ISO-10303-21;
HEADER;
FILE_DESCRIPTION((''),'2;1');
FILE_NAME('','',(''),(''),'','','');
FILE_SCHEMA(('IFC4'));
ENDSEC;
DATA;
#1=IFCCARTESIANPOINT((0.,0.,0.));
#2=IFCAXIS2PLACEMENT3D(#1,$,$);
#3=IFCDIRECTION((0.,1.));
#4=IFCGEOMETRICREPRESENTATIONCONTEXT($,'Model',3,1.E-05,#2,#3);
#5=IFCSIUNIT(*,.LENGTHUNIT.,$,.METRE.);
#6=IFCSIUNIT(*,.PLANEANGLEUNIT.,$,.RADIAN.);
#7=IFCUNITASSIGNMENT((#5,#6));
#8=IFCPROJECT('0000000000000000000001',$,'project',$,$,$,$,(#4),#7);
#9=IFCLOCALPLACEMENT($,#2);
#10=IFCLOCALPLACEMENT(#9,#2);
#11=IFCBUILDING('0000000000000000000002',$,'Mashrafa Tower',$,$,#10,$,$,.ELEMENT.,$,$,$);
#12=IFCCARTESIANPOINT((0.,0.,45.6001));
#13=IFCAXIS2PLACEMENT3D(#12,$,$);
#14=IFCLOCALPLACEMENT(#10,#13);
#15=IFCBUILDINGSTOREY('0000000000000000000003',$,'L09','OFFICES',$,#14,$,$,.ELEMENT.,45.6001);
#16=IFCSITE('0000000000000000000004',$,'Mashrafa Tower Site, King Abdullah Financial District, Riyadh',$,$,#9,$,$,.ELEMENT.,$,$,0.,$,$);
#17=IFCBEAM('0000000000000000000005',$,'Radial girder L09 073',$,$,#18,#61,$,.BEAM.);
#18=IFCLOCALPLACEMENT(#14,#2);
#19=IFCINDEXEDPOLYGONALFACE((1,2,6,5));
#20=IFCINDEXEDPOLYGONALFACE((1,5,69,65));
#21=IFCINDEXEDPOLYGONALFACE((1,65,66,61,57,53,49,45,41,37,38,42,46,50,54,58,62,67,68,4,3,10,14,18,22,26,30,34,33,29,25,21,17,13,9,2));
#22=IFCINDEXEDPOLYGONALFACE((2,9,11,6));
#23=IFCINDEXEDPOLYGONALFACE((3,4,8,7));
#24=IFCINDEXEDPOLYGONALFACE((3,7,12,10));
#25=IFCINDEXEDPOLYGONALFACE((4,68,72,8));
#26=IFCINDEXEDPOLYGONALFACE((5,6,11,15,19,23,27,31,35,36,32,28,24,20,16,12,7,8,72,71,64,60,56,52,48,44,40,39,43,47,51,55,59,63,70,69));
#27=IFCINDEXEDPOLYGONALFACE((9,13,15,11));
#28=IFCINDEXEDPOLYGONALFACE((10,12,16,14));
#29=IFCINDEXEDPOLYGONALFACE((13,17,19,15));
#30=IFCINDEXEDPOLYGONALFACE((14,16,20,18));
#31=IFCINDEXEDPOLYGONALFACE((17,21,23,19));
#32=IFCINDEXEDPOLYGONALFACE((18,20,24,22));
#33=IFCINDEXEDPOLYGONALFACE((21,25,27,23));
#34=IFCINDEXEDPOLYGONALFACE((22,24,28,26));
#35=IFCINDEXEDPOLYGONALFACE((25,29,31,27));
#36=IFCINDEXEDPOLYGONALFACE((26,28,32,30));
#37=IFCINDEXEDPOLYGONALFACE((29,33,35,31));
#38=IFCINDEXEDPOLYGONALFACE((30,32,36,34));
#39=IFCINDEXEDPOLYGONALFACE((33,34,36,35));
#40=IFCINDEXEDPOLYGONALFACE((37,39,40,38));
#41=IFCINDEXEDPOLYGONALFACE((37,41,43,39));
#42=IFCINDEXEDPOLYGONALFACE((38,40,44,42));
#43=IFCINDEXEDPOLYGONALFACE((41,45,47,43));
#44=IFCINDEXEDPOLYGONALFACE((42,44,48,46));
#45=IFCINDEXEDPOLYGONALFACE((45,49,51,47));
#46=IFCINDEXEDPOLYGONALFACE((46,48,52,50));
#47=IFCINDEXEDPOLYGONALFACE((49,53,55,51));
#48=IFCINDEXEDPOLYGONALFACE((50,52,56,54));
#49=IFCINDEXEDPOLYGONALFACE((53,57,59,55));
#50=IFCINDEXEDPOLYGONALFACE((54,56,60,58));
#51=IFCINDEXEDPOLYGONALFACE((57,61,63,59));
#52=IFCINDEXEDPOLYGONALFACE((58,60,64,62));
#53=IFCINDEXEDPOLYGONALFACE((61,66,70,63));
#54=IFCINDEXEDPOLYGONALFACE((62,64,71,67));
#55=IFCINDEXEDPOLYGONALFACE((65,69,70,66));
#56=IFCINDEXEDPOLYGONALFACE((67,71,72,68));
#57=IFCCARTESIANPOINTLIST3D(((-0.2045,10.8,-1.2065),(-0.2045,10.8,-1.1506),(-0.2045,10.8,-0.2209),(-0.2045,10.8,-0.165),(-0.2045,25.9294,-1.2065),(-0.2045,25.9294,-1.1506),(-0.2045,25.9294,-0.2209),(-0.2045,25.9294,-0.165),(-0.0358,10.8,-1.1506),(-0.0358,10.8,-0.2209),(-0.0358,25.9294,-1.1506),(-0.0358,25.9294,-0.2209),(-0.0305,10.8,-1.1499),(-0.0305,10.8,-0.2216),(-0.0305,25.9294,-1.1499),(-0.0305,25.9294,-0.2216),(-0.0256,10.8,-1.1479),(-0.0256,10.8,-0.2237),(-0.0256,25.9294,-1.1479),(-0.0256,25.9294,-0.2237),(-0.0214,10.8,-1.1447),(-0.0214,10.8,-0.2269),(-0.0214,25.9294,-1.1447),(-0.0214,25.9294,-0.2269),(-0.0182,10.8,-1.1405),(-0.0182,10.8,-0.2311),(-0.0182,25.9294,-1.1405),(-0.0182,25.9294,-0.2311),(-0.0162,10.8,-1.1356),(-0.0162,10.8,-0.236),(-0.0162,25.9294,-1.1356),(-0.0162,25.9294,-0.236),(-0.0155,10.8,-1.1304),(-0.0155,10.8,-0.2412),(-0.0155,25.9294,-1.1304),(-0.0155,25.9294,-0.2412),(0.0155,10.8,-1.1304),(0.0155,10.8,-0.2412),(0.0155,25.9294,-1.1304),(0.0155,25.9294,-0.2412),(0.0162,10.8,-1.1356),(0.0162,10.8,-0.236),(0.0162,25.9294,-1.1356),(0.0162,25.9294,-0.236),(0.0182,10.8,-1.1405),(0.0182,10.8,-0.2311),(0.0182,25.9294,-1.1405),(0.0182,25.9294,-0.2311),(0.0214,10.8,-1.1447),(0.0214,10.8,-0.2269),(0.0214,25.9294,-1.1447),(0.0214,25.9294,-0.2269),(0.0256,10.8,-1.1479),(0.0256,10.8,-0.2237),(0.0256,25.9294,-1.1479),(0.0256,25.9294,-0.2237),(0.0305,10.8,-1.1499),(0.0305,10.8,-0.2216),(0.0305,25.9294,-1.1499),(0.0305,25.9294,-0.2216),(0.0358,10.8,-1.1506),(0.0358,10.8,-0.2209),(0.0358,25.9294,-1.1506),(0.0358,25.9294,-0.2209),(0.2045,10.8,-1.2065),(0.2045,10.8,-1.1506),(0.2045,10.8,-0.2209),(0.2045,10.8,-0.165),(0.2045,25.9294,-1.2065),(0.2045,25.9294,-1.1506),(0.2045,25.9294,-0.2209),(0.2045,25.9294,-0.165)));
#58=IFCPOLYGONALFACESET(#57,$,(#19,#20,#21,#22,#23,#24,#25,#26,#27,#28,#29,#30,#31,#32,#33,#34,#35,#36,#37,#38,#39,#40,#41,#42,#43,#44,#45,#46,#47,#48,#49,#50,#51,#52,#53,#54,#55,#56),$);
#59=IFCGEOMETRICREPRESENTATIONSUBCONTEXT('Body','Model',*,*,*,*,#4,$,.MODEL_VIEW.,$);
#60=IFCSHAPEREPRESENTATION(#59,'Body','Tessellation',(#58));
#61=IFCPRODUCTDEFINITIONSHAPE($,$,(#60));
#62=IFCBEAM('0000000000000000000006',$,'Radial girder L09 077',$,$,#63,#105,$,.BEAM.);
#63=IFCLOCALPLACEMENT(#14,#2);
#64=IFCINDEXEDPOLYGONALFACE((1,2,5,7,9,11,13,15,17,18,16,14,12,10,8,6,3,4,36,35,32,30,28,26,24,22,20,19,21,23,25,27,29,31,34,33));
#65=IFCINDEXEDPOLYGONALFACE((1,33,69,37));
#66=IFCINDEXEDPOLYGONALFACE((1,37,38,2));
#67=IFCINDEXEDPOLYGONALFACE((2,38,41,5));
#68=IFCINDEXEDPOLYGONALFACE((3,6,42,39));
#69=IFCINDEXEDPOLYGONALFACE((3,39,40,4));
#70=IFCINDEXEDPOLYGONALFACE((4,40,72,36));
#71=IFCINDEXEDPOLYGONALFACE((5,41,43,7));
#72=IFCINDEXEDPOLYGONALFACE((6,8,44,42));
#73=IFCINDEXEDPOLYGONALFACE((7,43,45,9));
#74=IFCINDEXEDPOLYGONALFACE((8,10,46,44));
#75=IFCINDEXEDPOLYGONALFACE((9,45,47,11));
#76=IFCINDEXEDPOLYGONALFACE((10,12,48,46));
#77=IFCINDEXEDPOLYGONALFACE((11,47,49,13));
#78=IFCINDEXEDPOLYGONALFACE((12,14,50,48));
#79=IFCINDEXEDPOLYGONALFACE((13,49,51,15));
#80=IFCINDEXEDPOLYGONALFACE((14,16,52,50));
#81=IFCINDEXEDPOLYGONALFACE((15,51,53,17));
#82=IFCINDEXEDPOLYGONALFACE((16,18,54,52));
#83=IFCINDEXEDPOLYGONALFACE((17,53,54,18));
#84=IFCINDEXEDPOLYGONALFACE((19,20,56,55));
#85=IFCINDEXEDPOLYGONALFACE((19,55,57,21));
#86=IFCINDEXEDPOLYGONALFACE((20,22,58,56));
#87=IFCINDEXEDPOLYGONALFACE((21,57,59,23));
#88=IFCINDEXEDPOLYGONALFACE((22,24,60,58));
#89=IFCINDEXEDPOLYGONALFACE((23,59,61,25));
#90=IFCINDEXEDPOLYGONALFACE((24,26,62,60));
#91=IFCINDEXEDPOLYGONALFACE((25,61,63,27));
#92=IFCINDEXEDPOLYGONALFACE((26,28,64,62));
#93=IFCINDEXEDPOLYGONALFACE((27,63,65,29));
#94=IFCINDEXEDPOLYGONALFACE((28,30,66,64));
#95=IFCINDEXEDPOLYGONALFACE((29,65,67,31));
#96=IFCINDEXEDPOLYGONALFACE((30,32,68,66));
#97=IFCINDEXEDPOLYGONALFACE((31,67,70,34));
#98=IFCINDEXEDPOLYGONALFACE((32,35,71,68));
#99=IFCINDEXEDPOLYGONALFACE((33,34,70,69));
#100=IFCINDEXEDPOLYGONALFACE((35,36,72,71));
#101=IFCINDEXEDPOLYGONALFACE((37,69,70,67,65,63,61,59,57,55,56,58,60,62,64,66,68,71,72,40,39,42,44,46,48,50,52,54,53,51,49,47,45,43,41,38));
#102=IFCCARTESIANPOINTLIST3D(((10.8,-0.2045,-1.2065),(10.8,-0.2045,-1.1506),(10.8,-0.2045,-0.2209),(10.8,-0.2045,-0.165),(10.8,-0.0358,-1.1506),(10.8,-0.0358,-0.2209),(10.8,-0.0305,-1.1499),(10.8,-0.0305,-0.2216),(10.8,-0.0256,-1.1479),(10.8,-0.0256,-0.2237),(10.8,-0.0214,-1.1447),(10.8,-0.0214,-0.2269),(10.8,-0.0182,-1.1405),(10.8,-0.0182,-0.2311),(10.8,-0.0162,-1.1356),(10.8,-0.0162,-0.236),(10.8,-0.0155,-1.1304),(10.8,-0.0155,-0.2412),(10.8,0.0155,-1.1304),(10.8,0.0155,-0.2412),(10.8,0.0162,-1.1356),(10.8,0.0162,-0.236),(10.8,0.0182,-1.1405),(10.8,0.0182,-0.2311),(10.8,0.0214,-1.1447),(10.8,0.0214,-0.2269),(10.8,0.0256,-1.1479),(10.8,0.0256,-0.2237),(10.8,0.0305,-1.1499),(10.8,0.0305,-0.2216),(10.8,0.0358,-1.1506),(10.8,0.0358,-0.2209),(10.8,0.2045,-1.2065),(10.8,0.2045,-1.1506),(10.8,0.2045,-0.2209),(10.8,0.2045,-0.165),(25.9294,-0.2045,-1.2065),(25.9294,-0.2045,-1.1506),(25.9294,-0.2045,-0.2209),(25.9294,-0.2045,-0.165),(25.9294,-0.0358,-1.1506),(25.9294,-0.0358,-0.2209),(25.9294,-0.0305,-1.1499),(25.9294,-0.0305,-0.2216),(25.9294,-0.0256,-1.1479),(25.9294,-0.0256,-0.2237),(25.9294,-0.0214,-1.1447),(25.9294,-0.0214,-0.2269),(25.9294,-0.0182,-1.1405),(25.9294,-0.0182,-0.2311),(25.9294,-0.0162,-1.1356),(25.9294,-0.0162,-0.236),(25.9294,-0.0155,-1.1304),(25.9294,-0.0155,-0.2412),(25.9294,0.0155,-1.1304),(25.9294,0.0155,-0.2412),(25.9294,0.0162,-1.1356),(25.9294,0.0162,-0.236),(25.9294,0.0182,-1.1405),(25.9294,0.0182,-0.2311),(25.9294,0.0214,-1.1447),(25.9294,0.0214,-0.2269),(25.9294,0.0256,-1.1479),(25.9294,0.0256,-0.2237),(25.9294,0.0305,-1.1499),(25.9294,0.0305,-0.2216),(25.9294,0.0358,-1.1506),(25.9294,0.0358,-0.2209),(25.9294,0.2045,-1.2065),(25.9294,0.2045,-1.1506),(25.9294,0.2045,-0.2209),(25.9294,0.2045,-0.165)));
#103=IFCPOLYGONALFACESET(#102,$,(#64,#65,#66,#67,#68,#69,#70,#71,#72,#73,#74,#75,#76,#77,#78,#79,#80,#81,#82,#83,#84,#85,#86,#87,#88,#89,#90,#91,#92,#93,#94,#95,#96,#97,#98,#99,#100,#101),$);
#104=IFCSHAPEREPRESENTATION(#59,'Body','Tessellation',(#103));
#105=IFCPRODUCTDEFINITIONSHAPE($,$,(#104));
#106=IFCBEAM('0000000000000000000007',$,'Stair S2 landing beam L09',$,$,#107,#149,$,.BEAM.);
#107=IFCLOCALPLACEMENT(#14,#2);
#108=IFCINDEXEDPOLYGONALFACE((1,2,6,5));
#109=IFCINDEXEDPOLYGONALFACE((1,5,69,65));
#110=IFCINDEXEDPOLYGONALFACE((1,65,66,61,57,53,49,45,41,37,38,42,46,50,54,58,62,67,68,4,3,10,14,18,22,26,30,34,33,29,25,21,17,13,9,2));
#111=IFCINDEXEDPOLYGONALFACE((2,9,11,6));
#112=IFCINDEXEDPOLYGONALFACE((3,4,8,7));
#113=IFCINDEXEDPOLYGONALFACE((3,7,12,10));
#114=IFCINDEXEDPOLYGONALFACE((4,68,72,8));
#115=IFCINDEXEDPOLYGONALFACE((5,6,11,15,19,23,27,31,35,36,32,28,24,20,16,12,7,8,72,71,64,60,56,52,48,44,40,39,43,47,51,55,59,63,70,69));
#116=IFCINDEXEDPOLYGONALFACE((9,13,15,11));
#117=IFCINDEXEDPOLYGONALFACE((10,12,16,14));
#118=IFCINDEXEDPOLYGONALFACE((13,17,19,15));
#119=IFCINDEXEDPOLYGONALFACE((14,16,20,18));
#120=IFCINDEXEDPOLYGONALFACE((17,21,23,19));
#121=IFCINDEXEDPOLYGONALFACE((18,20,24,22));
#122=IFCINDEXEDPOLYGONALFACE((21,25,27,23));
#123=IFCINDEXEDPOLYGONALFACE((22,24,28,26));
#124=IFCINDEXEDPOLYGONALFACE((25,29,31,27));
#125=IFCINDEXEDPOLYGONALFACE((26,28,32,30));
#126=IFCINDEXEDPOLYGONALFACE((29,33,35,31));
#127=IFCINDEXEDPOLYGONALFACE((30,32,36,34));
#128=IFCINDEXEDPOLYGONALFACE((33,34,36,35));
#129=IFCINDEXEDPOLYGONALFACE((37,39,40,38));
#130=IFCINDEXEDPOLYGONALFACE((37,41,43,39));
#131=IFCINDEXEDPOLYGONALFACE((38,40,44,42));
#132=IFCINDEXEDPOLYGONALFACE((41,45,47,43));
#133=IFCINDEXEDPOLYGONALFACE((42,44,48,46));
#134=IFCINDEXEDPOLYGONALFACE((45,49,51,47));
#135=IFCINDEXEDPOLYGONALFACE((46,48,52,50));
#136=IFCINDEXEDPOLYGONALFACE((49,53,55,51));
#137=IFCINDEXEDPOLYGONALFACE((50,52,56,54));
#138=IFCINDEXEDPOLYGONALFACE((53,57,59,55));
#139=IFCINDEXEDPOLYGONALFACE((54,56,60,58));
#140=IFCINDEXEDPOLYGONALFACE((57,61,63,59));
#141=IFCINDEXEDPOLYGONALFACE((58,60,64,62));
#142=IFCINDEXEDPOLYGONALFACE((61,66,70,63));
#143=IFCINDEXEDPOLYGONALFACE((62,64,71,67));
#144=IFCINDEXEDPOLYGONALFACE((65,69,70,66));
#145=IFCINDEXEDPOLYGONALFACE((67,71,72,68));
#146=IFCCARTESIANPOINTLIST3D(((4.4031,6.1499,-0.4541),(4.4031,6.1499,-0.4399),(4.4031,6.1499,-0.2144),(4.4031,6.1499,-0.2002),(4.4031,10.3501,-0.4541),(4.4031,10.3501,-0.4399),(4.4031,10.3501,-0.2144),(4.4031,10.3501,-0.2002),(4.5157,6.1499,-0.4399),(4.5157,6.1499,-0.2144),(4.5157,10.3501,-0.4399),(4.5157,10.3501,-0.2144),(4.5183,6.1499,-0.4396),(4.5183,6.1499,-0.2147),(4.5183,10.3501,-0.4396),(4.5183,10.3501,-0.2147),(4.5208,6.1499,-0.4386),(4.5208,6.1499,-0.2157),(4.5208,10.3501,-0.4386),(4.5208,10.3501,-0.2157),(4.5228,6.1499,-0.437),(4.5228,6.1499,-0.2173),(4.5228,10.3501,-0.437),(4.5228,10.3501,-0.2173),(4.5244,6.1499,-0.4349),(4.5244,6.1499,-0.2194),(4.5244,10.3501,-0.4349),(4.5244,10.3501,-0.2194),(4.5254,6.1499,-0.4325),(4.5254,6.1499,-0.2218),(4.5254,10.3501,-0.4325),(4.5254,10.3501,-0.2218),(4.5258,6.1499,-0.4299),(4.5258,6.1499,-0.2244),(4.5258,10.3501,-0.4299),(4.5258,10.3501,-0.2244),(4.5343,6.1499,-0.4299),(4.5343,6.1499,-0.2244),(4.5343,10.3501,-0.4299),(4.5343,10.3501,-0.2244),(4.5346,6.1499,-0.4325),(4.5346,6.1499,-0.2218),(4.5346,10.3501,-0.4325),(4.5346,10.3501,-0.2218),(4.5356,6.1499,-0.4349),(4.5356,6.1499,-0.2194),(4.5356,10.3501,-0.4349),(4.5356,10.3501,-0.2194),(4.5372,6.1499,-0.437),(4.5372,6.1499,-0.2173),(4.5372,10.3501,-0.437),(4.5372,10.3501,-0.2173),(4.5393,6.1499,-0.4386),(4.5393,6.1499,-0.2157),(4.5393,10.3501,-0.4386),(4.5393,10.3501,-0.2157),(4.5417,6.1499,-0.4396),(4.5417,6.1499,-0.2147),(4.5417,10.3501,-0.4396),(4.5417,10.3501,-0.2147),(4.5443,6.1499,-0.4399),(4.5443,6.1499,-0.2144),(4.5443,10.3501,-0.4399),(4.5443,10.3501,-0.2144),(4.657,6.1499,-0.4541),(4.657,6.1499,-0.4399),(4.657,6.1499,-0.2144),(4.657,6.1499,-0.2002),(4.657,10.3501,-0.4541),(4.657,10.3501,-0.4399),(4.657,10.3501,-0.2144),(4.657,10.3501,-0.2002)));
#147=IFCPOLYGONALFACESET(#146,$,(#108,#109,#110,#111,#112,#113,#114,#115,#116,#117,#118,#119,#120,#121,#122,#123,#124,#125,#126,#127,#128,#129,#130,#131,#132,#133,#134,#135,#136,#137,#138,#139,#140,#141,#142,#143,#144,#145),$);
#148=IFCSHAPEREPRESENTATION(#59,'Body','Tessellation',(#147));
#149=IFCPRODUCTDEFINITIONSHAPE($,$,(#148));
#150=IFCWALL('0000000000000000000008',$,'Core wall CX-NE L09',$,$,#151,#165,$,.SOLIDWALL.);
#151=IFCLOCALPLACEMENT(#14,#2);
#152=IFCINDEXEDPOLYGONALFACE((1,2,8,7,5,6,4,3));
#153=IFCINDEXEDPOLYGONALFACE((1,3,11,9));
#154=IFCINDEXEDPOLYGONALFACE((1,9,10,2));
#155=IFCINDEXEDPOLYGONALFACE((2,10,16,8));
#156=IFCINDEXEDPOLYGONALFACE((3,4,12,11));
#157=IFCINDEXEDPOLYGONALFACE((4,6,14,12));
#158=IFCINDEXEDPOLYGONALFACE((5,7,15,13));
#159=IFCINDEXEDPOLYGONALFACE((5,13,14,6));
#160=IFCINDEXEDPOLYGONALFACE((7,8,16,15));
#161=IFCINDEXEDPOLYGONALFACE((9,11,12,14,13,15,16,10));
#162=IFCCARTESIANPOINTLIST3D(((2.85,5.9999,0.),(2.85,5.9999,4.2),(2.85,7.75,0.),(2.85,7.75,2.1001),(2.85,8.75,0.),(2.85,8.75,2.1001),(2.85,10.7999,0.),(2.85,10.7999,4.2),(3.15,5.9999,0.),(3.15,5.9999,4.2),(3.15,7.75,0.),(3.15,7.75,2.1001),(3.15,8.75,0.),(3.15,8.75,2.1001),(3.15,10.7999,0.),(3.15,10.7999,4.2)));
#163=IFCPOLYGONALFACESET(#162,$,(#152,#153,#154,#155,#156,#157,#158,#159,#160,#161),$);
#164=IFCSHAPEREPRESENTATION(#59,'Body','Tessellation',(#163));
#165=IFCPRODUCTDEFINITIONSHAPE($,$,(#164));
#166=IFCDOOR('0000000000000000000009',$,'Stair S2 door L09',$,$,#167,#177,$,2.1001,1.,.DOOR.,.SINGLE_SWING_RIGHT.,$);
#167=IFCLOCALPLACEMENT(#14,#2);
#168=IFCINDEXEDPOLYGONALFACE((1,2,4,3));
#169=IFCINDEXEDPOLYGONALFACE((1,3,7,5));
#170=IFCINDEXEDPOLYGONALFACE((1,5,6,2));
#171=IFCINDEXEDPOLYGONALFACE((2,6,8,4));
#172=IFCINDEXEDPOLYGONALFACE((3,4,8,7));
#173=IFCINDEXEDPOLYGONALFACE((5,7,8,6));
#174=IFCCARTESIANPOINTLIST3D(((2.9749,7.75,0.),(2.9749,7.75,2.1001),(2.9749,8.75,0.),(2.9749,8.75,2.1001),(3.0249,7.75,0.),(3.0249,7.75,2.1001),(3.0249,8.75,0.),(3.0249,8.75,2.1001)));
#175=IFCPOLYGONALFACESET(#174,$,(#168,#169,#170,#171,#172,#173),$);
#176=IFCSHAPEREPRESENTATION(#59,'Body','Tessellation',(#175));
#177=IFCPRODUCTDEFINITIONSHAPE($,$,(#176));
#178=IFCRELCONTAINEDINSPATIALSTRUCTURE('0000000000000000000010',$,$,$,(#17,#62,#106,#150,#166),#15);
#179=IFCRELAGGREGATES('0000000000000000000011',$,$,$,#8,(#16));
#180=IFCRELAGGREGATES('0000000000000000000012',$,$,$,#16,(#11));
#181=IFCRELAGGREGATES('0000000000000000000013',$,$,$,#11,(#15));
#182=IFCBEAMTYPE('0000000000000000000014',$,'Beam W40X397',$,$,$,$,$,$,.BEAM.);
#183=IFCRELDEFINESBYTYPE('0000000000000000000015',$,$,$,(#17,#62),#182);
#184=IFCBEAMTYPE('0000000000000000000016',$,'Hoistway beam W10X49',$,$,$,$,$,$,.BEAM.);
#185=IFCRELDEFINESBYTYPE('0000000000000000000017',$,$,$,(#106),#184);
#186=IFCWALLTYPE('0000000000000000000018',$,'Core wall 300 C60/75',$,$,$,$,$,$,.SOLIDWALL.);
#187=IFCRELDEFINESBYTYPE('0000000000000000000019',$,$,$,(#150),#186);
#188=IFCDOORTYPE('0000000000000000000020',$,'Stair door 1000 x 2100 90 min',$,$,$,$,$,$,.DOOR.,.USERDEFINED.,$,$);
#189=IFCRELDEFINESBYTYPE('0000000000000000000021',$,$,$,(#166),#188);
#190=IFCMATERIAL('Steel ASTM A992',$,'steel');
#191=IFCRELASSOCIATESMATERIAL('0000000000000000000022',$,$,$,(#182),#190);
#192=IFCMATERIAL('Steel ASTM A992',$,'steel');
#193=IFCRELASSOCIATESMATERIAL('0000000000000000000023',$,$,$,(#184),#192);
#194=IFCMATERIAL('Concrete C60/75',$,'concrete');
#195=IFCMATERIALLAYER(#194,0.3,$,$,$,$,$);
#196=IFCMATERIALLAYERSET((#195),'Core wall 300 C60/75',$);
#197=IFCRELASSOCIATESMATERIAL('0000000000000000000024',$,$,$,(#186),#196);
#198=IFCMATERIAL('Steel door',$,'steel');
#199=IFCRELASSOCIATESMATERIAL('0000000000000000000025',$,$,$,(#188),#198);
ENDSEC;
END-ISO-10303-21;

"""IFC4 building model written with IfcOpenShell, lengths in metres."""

from ifc_helpers import new_model, si_unit, direction, frame, frame_2d, origin, origin_2d, place, context, subcontext, project, spatial, rectangle, i_section, extrude, material, layer, layer_set, material_profile, profile_set, type_object, element, fill, save


model = new_model("IFC4")

# Units and contexts
model_context = context("Model", 3, precision=1e-05, world=origin(), true_north=direction((0.0, 1.0)))
body_context = subcontext(model_context, "Body", "Model", "MODEL_VIEW")
ifc_project = project(units=[si_unit("LENGTHUNIT", "METRE"), si_unit("PLANEANGLEUNIT", "RADIAN")], contexts=[model_context])

# Site, building, storey
site_placement = place(None, origin())
site = spatial("IfcSite", under=ifc_project, at=site_placement, Name="Mashrafa Tower Site, King Abdullah Financial District, Riyadh", CompositionType="ELEMENT", RefElevation=0.0)
building_placement = place(site_placement, origin())
building = spatial("IfcBuilding", under=site, at=building_placement, Name="Mashrafa Tower", CompositionType="ELEMENT")
storey_placement = place(building_placement, frame((0.0, 0.0, 45.6001)))
storey = spatial("IfcBuildingStorey", under=building, at=storey_placement, Name="L09", Description="OFFICES", CompositionType="ELEMENT", Elevation=45.6001)

# Beams
ifc_material_1 = material(Name="Steel ASTM A992", Category="steel")
ifc_material_profile_1 = material_profile(ifc_material_1, i_section(OverallWidth=0.4089, OverallDepth=1.0415, WebThickness=0.031, FlangeThickness=0.0559, FilletRadius=0.0203, at=origin_2d()), Name="W40X397")
ifc_profile_set_1 = profile_set([ifc_material_profile_1], Name="Steel ASTM A992")
beam_type_1 = type_object("IfcBeamType", Name="Beam W40X397", PredefinedType="BEAM", material=ifc_profile_set_1)
for number, where, z_axis, x_axis, name in (
    (1, (0.0, 10.8, -0.6858), (0.0, 1.0, 0.0), (-1.0, 0.0, 0.0), "Radial girder L09 073"),
    (2, (10.8, 0.0, -0.6858), (1.0, 0.0, 0.0), (0.0, 1.0, 0.0), "Radial girder L09 077"),
):
    element("IfcBeam", number, at=place(storey_placement, frame(where, z_axis=z_axis, x_axis=x_axis)), inside=storey, type_object=beam_type_1, Name=name, PredefinedType="BEAM", context=body_context, shape_type="SweptSolid", body=[
        extrude(i_section(OverallWidth=0.4089, OverallDepth=1.0415, WebThickness=0.031, FlangeThickness=0.0559, FilletRadius=0.0203, at=origin_2d()), origin(), (0.0, 0.0, 1.0), 15.1294),
    ])
ifc_material_2 = material(Name="Steel ASTM A992", Category="steel")
ifc_material_profile_2 = material_profile(ifc_material_2, i_section(OverallWidth=0.2539, OverallDepth=0.2539, WebThickness=0.0085, FlangeThickness=0.0142, FilletRadius=0.01, at=origin_2d()), Name="W10X49")
ifc_profile_set_2 = profile_set([ifc_material_profile_2], Name="Steel ASTM A992")
beam_type_2 = type_object("IfcBeamType", Name="Hoistway beam W10X49", PredefinedType="BEAM", material=ifc_profile_set_2)
beam_1_placement = place(storey_placement, frame((4.53, 6.1499, -0.3271), z_axis=(0.0, 1.0, 0.0), x_axis=(-1.0, 0.0, 0.0)))
element("IfcBeam", 3, at=beam_1_placement, inside=storey, type_object=beam_type_2, Name="Stair S2 landing beam L09", PredefinedType="BEAM", context=body_context, shape_type="SweptSolid", body=[
    extrude(i_section(OverallWidth=0.2539, OverallDepth=0.2539, WebThickness=0.0085, FlangeThickness=0.0142, FilletRadius=0.01, at=origin_2d()), origin(), (0.0, 0.0, 1.0), 4.2002),
])

# Wall, opening, door
ifc_material_3 = material(Name="Concrete C60/75", Category="concrete")
ifc_layer_1 = layer(ifc_material_3, 0.3)
ifc_layer_set_1 = layer_set([ifc_layer_1], Name="Core wall 300 C60/75")
wall_type_1 = type_object("IfcWallType", Name="Core wall 300 C60/75", PredefinedType="SOLIDWALL", material=ifc_layer_set_1)
wall_1_placement = place(storey_placement, frame((3.0, 6.0, 0.0), z_axis=(0.0, 0.0, 1.0), x_axis=(0.0, 1.0, 0.0)))
wall_1 = element("IfcWall", 4, at=wall_1_placement, inside=storey, type_object=wall_type_1, Name="Core wall CX-NE L09", PredefinedType="SOLIDWALL", context=body_context, shape_type="SweptSolid", body=[
    extrude(rectangle(XDim=4.8, YDim=0.3, at=frame_2d((2.3999, 0.0))), origin(), (0.0, 0.0, 1.0), 4.2),
])
opening_1_placement = place(wall_1_placement, frame((1.75, 0.0, 0.0)))
opening_1 = element("IfcOpeningElement", 5, at=opening_1_placement, cuts=wall_1, PredefinedType="OPENING", context=body_context, shape_type="SweptSolid", body=[
    extrude(rectangle(XDim=1.0, YDim=2.1001, at=frame_2d((0.5, 1.05))), frame((0.0, 0.1599, 0.0), z_axis=(0.0, -1.0, 0.0), x_axis=(1.0, 0.0, 0.0)), (0.0, 0.0, 1.0), 0.3201),
])
ifc_material_4 = material(Name="Steel door", Category="steel")
door_type_1 = type_object("IfcDoorType", Name="Stair door 1000 x 2100 90 min", OperationType="USERDEFINED", PredefinedType="DOOR", material=ifc_material_4)
door_1_placement = place(opening_1_placement, frame((1.0, 0.0, 0.0), z_axis=(0.0, 0.0, 1.0), x_axis=(-1.0, 0.0, 0.0)))
door_1 = element("IfcDoor", 6, at=door_1_placement, inside=storey, type_object=door_type_1, Name="Stair S2 door L09", OperationType="SINGLE_SWING_RIGHT", OverallHeight=2.1001, OverallWidth=1.0, PredefinedType="DOOR", context=body_context, shape_type="SweptSolid", body=[
    extrude(rectangle(XDim=1.0, YDim=2.1001, at=frame_2d((0.5, 1.05))), frame((0.0, 0.0249, 0.0), z_axis=(0.0, -1.0, 0.0), x_axis=(1.0, 0.0, 0.0)), (0.0, 0.0, 1.0), 0.05),
])
fill(opening_1, door_1)

save(model, "model.ifc")
